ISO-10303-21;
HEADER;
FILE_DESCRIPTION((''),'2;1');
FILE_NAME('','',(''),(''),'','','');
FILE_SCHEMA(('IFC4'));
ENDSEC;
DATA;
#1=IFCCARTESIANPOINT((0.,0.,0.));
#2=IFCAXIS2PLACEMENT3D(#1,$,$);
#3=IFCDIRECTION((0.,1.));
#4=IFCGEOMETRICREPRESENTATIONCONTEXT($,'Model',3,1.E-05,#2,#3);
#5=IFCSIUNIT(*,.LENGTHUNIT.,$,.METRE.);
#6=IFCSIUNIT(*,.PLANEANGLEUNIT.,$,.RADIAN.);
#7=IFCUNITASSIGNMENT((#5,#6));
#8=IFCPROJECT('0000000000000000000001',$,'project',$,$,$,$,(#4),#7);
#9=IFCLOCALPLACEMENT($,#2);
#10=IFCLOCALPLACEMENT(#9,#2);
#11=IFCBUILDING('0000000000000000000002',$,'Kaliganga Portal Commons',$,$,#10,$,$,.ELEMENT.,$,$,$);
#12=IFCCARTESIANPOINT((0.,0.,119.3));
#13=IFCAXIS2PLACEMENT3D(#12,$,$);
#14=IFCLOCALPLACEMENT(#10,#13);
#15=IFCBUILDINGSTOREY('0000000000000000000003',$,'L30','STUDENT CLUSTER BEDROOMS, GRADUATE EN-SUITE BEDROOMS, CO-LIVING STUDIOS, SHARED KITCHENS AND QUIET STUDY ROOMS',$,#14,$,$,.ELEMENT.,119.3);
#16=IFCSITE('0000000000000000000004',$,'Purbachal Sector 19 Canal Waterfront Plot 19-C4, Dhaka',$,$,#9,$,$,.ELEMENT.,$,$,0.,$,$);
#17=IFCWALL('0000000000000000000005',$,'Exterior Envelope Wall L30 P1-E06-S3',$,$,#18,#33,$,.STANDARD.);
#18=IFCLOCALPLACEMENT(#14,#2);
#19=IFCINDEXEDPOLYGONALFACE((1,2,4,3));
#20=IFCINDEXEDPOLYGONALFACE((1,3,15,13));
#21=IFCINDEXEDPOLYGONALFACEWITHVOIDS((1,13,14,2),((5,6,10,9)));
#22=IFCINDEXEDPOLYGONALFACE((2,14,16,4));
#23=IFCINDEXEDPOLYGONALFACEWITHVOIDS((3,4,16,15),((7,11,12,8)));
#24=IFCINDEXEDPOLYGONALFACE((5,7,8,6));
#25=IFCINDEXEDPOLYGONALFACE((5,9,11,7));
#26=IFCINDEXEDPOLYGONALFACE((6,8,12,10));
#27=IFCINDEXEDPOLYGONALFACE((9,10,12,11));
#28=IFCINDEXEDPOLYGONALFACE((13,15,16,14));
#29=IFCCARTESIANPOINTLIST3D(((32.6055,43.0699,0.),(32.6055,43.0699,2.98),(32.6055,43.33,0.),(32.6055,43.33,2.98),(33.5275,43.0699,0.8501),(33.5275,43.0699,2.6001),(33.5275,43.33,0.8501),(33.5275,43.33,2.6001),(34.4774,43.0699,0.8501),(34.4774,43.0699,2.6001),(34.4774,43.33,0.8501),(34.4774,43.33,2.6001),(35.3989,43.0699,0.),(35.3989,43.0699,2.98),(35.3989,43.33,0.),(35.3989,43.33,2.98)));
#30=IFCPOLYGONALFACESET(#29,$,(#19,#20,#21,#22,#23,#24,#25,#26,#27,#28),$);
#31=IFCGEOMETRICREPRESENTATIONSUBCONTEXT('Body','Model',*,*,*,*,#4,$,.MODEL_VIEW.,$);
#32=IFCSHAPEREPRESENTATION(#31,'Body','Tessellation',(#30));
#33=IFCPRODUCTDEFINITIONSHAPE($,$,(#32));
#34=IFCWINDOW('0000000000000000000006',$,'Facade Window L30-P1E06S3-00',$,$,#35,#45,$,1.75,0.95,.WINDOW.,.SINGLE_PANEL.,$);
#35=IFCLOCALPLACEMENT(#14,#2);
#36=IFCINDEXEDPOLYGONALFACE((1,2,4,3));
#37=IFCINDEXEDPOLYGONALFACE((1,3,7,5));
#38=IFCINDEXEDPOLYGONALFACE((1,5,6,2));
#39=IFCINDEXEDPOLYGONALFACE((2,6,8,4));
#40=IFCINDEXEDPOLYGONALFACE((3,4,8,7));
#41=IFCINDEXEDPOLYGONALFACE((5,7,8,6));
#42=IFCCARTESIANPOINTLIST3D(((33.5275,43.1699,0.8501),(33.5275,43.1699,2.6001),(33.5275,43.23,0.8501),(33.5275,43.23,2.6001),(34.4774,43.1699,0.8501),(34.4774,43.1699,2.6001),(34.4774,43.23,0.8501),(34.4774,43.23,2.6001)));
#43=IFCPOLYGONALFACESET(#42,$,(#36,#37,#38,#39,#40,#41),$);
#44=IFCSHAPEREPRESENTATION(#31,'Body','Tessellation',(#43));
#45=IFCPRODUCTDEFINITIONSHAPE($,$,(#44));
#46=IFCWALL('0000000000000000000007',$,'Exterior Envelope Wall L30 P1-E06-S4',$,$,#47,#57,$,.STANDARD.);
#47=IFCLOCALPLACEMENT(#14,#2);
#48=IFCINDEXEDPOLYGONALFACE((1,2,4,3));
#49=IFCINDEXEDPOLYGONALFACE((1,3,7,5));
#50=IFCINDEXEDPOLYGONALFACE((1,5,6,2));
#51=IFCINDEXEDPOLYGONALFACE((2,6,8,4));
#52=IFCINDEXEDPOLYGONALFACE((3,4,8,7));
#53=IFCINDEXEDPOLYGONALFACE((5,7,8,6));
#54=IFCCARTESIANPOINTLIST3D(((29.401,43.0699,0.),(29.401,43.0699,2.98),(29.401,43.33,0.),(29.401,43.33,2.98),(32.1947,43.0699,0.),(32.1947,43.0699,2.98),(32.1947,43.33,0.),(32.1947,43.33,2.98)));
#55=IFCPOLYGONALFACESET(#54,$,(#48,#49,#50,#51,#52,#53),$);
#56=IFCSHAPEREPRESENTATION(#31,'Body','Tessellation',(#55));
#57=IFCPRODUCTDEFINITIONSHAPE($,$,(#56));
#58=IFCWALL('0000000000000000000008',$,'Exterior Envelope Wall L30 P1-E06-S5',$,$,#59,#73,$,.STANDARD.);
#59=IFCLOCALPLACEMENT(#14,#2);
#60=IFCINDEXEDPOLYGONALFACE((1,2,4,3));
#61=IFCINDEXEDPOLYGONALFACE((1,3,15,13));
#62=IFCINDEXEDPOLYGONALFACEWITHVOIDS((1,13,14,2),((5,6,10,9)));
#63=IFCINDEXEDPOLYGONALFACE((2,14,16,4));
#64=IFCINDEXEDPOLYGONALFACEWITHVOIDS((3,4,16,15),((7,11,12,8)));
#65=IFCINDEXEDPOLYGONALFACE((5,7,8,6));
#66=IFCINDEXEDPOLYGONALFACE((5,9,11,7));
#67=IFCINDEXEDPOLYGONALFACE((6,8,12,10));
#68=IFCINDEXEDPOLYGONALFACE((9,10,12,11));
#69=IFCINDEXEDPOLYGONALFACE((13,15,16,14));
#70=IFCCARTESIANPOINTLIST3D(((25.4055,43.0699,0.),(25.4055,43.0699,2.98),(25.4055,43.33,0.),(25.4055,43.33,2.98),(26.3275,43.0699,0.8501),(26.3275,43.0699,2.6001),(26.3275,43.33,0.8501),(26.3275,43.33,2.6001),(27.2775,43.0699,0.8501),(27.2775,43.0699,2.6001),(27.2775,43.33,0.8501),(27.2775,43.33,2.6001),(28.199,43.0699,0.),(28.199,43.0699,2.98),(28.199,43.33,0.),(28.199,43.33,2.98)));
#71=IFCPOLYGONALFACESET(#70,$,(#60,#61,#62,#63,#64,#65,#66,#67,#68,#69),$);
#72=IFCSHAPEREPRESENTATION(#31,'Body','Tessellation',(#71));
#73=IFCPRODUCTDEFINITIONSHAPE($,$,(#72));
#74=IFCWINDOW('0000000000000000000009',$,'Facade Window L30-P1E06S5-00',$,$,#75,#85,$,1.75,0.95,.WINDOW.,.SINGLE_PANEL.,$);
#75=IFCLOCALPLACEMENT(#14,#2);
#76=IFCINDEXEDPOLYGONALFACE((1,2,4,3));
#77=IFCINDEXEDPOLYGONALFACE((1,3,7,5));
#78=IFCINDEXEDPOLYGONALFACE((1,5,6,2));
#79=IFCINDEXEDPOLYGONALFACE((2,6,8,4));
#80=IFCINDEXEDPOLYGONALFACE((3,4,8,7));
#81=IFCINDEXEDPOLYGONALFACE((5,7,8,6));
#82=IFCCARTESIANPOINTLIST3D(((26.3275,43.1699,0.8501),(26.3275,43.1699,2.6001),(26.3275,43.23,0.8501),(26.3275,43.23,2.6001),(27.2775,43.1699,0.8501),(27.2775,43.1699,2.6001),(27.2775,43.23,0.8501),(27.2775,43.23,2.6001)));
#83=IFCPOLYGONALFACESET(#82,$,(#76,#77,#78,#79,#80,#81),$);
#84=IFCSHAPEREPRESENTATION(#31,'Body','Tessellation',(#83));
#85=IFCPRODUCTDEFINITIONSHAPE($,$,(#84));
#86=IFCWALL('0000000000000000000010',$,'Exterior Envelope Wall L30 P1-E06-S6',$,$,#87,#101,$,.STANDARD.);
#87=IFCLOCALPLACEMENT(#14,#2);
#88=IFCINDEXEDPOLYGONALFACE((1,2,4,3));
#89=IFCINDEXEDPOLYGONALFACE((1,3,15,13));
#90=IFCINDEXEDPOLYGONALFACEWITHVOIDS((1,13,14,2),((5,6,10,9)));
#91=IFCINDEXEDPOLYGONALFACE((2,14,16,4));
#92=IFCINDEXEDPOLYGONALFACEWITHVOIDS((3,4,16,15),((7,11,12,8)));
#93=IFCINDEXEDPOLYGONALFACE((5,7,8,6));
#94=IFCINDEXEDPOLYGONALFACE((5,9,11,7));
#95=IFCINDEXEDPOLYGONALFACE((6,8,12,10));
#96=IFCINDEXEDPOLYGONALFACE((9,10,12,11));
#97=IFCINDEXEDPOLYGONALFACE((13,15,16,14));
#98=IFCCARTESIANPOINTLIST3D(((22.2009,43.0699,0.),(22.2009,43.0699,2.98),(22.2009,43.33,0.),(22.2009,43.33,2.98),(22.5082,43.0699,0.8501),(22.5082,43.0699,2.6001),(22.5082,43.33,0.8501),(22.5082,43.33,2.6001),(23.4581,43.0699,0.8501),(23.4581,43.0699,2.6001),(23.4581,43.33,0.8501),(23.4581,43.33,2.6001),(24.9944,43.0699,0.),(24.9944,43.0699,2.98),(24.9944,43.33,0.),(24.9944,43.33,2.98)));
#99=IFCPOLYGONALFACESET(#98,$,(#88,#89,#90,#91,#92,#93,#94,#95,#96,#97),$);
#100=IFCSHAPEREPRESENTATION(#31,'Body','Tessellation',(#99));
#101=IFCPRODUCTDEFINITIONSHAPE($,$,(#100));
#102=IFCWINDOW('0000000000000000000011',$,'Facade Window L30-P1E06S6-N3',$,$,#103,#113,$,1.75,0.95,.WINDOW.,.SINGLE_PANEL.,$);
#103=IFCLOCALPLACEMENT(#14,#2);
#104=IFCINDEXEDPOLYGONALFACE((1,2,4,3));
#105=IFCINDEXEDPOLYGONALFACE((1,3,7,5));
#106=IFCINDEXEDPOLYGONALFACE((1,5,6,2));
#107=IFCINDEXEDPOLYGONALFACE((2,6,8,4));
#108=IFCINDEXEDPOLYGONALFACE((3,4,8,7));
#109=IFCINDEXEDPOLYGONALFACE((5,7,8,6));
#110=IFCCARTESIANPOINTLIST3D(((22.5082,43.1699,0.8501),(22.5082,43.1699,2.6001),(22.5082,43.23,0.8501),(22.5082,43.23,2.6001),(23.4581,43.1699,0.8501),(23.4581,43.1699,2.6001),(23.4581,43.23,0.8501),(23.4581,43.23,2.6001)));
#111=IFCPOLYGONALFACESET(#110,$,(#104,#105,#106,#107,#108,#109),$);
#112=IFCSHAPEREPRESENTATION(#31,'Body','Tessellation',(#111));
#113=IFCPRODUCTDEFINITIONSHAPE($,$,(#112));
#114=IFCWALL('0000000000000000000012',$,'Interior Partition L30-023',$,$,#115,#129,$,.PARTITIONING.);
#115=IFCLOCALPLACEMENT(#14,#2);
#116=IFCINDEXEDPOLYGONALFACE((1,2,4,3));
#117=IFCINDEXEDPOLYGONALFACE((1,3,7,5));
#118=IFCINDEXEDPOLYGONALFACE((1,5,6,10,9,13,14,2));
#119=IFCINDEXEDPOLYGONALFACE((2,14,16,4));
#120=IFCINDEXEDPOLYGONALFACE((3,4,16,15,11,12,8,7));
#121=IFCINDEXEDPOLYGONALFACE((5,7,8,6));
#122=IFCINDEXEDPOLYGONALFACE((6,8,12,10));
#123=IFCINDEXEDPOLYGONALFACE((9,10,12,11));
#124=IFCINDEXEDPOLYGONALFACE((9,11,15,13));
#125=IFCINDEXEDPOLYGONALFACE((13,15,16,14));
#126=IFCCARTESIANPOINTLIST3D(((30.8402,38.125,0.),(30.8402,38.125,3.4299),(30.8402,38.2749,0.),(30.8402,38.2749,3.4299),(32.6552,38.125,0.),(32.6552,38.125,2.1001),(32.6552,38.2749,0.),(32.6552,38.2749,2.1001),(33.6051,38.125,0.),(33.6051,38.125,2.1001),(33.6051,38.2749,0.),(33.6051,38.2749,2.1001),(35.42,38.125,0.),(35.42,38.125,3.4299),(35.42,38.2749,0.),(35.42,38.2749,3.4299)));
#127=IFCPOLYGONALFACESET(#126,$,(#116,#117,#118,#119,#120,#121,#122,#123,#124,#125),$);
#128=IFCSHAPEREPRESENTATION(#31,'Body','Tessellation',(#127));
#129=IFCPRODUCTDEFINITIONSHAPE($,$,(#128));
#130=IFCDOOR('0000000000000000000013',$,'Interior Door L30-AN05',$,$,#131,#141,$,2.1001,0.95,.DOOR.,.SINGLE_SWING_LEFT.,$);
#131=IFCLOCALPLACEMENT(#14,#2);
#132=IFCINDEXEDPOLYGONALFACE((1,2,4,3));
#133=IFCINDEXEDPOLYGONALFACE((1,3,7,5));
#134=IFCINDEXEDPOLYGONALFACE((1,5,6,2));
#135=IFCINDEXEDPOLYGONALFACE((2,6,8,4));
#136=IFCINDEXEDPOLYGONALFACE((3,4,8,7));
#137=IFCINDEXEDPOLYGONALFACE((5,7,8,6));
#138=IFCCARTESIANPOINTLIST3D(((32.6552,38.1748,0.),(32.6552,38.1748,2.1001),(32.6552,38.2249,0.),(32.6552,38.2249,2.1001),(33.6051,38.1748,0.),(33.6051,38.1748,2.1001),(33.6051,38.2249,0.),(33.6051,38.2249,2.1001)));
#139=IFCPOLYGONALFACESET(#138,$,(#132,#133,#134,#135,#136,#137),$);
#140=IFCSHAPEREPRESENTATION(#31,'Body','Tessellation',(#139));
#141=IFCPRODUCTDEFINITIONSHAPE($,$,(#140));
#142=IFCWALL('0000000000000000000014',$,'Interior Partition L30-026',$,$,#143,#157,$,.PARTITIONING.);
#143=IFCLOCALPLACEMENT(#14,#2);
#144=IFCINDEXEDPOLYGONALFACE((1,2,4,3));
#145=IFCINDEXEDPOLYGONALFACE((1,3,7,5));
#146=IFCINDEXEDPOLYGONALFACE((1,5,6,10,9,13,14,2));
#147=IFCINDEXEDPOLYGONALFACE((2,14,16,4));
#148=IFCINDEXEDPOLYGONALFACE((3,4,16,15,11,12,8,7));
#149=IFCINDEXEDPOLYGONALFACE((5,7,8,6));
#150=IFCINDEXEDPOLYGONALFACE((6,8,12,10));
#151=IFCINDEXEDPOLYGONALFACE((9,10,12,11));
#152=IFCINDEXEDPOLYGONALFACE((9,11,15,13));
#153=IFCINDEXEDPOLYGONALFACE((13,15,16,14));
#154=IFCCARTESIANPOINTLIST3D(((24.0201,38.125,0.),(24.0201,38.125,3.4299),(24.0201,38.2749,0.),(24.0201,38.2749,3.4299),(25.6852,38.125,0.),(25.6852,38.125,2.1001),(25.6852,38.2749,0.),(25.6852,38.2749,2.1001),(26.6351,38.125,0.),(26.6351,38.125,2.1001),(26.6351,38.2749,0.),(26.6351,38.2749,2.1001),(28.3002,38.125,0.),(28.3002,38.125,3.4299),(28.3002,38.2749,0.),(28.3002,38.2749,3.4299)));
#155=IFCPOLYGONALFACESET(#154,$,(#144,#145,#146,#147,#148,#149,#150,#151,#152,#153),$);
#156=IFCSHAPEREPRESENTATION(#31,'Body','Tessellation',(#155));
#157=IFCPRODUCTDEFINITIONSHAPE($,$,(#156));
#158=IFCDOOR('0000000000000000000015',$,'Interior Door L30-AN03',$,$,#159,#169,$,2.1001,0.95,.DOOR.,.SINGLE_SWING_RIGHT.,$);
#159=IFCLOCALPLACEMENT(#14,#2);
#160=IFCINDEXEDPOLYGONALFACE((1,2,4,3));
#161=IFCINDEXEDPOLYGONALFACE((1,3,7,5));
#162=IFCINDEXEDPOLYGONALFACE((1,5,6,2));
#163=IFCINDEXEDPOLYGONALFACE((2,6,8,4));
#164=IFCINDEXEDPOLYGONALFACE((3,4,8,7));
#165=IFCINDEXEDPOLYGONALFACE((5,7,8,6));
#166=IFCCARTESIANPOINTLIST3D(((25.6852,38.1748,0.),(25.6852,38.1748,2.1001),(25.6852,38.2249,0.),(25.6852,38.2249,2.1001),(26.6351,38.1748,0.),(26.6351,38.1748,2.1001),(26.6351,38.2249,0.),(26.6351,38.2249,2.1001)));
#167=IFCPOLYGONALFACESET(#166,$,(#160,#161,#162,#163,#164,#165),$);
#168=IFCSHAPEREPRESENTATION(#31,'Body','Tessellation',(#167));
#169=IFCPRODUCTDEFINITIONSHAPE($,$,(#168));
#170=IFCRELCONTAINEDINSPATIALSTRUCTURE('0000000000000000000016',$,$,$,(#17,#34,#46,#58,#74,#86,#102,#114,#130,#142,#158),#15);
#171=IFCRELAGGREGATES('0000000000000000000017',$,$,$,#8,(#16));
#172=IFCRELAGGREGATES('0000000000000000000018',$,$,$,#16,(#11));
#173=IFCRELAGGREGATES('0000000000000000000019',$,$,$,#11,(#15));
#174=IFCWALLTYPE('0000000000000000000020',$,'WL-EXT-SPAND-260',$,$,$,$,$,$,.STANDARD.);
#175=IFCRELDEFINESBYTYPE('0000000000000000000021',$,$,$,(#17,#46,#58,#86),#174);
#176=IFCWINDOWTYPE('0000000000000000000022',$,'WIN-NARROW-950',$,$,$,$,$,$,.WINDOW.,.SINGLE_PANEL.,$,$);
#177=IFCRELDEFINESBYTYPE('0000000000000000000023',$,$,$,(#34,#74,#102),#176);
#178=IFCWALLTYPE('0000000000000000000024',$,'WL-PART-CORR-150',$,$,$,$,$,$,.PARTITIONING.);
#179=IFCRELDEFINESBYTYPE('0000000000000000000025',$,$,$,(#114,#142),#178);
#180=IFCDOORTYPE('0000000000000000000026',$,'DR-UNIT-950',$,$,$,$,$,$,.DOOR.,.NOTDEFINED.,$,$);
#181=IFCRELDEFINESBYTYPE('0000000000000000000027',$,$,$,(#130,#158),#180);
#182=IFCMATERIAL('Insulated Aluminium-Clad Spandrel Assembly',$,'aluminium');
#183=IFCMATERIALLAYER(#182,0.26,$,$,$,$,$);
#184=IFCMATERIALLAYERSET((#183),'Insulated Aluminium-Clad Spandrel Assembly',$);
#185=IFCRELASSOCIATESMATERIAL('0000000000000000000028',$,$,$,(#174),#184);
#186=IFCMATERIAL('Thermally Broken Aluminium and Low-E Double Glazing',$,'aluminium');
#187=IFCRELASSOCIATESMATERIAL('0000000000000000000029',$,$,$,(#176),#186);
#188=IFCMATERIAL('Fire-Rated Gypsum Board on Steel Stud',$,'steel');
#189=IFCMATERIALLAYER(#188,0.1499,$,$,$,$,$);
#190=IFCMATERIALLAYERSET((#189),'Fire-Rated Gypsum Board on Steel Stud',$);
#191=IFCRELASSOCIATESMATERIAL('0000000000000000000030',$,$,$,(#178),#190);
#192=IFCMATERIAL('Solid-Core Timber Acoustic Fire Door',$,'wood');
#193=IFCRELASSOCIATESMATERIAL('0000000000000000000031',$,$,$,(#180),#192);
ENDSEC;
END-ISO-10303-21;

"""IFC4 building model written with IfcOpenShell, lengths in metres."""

from ifc_helpers import new_model, si_unit, direction, frame, frame_2d, origin, place, context, subcontext, project, spatial, rectangle, extrude, material, layer, layer_set, type_object, element, fill, save


model = new_model("IFC4")

# Units and contexts
model_context = context("Model", 3, precision=1e-05, world=origin(), true_north=direction((0.0, 1.0)))
body_context = subcontext(model_context, "Body", "Model", "MODEL_VIEW")
ifc_project = project(units=[si_unit("LENGTHUNIT", "METRE"), si_unit("PLANEANGLEUNIT", "RADIAN")], contexts=[model_context])

# Site, building, storey
site_placement = place(None, origin())
site = spatial("IfcSite", under=ifc_project, at=site_placement, Name="Purbachal Sector 19 Canal Waterfront Plot 19-C4, Dhaka", CompositionType="ELEMENT", RefElevation=0.0)
building_placement = place(site_placement, origin())
building = spatial("IfcBuilding", under=site, at=building_placement, Name="Kaliganga Portal Commons", CompositionType="ELEMENT")
storey_placement = place(building_placement, frame((0.0, 0.0, 119.3)))
storey = spatial("IfcBuildingStorey", under=building, at=storey_placement, Name="L30", Description="STUDENT CLUSTER BEDROOMS, GRADUATE EN-SUITE BEDROOMS, CO-LIVING STUDIOS, SHARED KITCHENS AND QUIET STUDY ROOMS", CompositionType="ELEMENT", Elevation=119.3)

# Wall, opening, window
ifc_material_1 = material(Name="Insulated Aluminium-Clad Spandrel Assembly", Category="aluminium")
ifc_layer_1 = layer(ifc_material_1, 0.26)
ifc_layer_set_1 = layer_set([ifc_layer_1], Name="Insulated Aluminium-Clad Spandrel Assembly")
wall_type_1 = type_object("IfcWallType", Name="WL-EXT-SPAND-260", PredefinedType="STANDARD", material=ifc_layer_set_1)
wall_1_placement = place(storey_placement, frame((32.6055, 43.2, 0.0), z_axis=(0.0, 0.0, 1.0), x_axis=(1.0, 0.0, 0.0)))
wall_1 = element("IfcWall", 1, at=wall_1_placement, inside=storey, type_object=wall_type_1, Name="Exterior Envelope Wall L30 P1-E06-S3", PredefinedType="STANDARD", context=body_context, shape_type="SweptSolid", body=[
    extrude(rectangle(XDim=2.7935, YDim=0.26, at=frame_2d((1.3967, 0.0))), origin(), (0.0, 0.0, 1.0), 2.98),
])
opening_1_placement = place(wall_1_placement, frame((0.9219, 0.0, 0.8501)))
opening_1 = element("IfcOpeningElement", 2, at=opening_1_placement, cuts=wall_1, PredefinedType="OPENING", context=body_context, shape_type="SweptSolid", body=[
    extrude(rectangle(XDim=0.95, YDim=1.75, at=frame_2d((0.4751, 0.875))), frame((0.0, 0.1401, 0.0), z_axis=(0.0, -1.0, 0.0), x_axis=(1.0, 0.0, 0.0)), (0.0, 0.0, 1.0), 0.28),
])
ifc_material_2 = material(Name="Thermally Broken Aluminium and Low-E Double Glazing", Category="aluminium")
window_type = type_object("IfcWindowType", Name="WIN-NARROW-950", PartitioningType="SINGLE_PANEL", PredefinedType="WINDOW", material=ifc_material_2)
window_1_placement = place(opening_1_placement, origin())
window_1 = element("IfcWindow", 3, at=window_1_placement, inside=storey, type_object=window_type, Name="Facade Window L30-P1E06S3-00", OverallHeight=1.75, OverallWidth=0.95, PartitioningType="SINGLE_PANEL", PredefinedType="WINDOW", context=body_context, shape_type="SweptSolid", body=[
    extrude(rectangle(XDim=0.95, YDim=1.75, at=frame_2d((0.4751, 0.875))), frame((0.0, 0.03, 0.0), z_axis=(0.0, -1.0, 0.0), x_axis=(1.0, 0.0, 0.0)), (0.0, 0.0, 1.0), 0.0601),
])
fill(opening_1, window_1)

# Wall
wall_2_placement = place(storey_placement, frame((29.4009, 43.2, 0.0), z_axis=(0.0, 0.0, 1.0), x_axis=(1.0, 0.0, 0.0)))
element("IfcWall", 4, at=wall_2_placement, inside=storey, type_object=wall_type_1, Name="Exterior Envelope Wall L30 P1-E06-S4", PredefinedType="STANDARD", context=body_context, shape_type="SweptSolid", body=[
    extrude(rectangle(XDim=2.7937, YDim=0.26, at=frame_2d((1.397, 0.0))), origin(), (0.0, 0.0, 1.0), 2.98),
])

# Walls, openings, windows
wall_3_placement = place(storey_placement, frame((25.4055, 43.2, 0.0), z_axis=(0.0, 0.0, 1.0), x_axis=(1.0, 0.0, 0.0)))
wall_3 = element("IfcWall", 5, at=wall_3_placement, inside=storey, type_object=wall_type_1, Name="Exterior Envelope Wall L30 P1-E06-S5", PredefinedType="STANDARD", context=body_context, shape_type="SweptSolid", body=[
    extrude(rectangle(XDim=2.7935, YDim=0.26, at=frame_2d((1.3967, 0.0))), origin(), (0.0, 0.0, 1.0), 2.98),
])
opening_2_placement = place(wall_3_placement, frame((0.9219, 0.0, 0.8501)))
opening_2 = element("IfcOpeningElement", 6, at=opening_2_placement, cuts=wall_3, PredefinedType="OPENING", context=body_context, shape_type="SweptSolid", body=[
    extrude(rectangle(XDim=0.95, YDim=1.75, at=frame_2d((0.4751, 0.875))), frame((0.0, 0.1401, 0.0), z_axis=(0.0, -1.0, 0.0), x_axis=(1.0, 0.0, 0.0)), (0.0, 0.0, 1.0), 0.28),
])
window_2_placement = place(opening_2_placement, origin())
window_2 = element("IfcWindow", 7, at=window_2_placement, inside=storey, type_object=window_type, Name="Facade Window L30-P1E06S5-00", OverallHeight=1.75, OverallWidth=0.95, PartitioningType="SINGLE_PANEL", PredefinedType="WINDOW", context=body_context, shape_type="SweptSolid", body=[
    extrude(rectangle(XDim=0.95, YDim=1.75, at=frame_2d((0.4751, 0.875))), frame((0.0, 0.03, 0.0), z_axis=(0.0, -1.0, 0.0), x_axis=(1.0, 0.0, 0.0)), (0.0, 0.0, 1.0), 0.0601),
])
fill(opening_2, window_2)
wall_4_placement = place(storey_placement, frame((22.2009, 43.2, 0.0), z_axis=(0.0, 0.0, 1.0), x_axis=(1.0, 0.0, 0.0)))
wall_4 = element("IfcWall", 8, at=wall_4_placement, inside=storey, type_object=wall_type_1, Name="Exterior Envelope Wall L30 P1-E06-S6", PredefinedType="STANDARD", context=body_context, shape_type="SweptSolid", body=[
    extrude(rectangle(XDim=2.7935, YDim=0.26, at=frame_2d((1.3967, 0.0))), origin(), (0.0, 0.0, 1.0), 2.98),
])
opening_3_placement = place(wall_4_placement, frame((0.3071, 0.0, 0.8501)))
opening_3 = element("IfcOpeningElement", 9, at=opening_3_placement, cuts=wall_4, PredefinedType="OPENING", context=body_context, shape_type="SweptSolid", body=[
    extrude(rectangle(XDim=0.95, YDim=1.75, at=frame_2d((0.4751, 0.875))), frame((0.0, 0.1401, 0.0), z_axis=(0.0, -1.0, 0.0), x_axis=(1.0, 0.0, 0.0)), (0.0, 0.0, 1.0), 0.28),
])
window_3_placement = place(opening_3_placement, origin())
window_3 = element("IfcWindow", 10, at=window_3_placement, inside=storey, type_object=window_type, Name="Facade Window L30-P1E06S6-N3", OverallHeight=1.75, OverallWidth=0.95, PartitioningType="SINGLE_PANEL", PredefinedType="WINDOW", context=body_context, shape_type="SweptSolid", body=[
    extrude(rectangle(XDim=0.95, YDim=1.75, at=frame_2d((0.4751, 0.875))), frame((0.0, 0.03, 0.0), z_axis=(0.0, -1.0, 0.0), x_axis=(1.0, 0.0, 0.0)), (0.0, 0.0, 1.0), 0.0601),
])
fill(opening_3, window_3)

# Walls, openings, doors
ifc_material_3 = material(Name="Fire-Rated Gypsum Board on Steel Stud", Category="steel")
ifc_layer_2 = layer(ifc_material_3, 0.1499)
ifc_layer_set_2 = layer_set([ifc_layer_2], Name="Fire-Rated Gypsum Board on Steel Stud")
wall_type_2 = type_object("IfcWallType", Name="WL-PART-CORR-150", PredefinedType="PARTITIONING", material=ifc_layer_set_2)
wall_5_placement = place(storey_placement, frame((30.8401, 38.2, 0.0), z_axis=(0.0, 0.0, 1.0), x_axis=(1.0, 0.0, 0.0)))
wall_5 = element("IfcWall", 11, at=wall_5_placement, inside=storey, type_object=wall_type_2, Name="Interior Partition L30-023", PredefinedType="PARTITIONING", context=body_context, shape_type="SweptSolid", body=[
    extrude(rectangle(XDim=4.5798, YDim=0.1499, at=frame_2d((2.29, 0.0))), origin(), (0.0, 0.0, 1.0), 3.4299),
])
opening_4_placement = place(wall_5_placement, frame((1.8149, 0.0, 0.0)))
opening_4 = element("IfcOpeningElement", 12, at=opening_4_placement, cuts=wall_5, PredefinedType="OPENING", context=body_context, shape_type="SweptSolid", body=[
    extrude(rectangle(XDim=0.95, YDim=2.1001, at=frame_2d((0.4751, 1.05))), frame((0.0, 0.085, 0.0), z_axis=(0.0, -1.0, 0.0), x_axis=(1.0, 0.0, 0.0)), (0.0, 0.0, 1.0), 0.1699),
])
ifc_material_4 = material(Name="Solid-Core Timber Acoustic Fire Door", Category="wood")
door_type_1 = type_object("IfcDoorType", Name="DR-UNIT-950", OperationType="NOTDEFINED", PredefinedType="DOOR", material=ifc_material_4)
door_1_placement = place(opening_4_placement, origin())
door_1 = element("IfcDoor", 13, at=door_1_placement, inside=storey, type_object=door_type_1, Name="Interior Door L30-AN05", OperationType="SINGLE_SWING_LEFT", OverallHeight=2.1001, OverallWidth=0.95, PredefinedType="DOOR", context=body_context, shape_type="SweptSolid", body=[
    extrude(rectangle(XDim=0.95, YDim=2.1001, at=frame_2d((0.4751, 1.05))), frame((0.0, 0.0249, 0.0), z_axis=(0.0, -1.0, 0.0), x_axis=(1.0, 0.0, 0.0)), (0.0, 0.0, 1.0), 0.05),
])
fill(opening_4, door_1)
wall_6_placement = place(storey_placement, frame((24.02, 38.2, 0.0), z_axis=(0.0, 0.0, 1.0), x_axis=(1.0, 0.0, 0.0)))
wall_6 = element("IfcWall", 14, at=wall_6_placement, inside=storey, type_object=wall_type_2, Name="Interior Partition L30-026", PredefinedType="PARTITIONING", context=body_context, shape_type="SweptSolid", body=[
    extrude(rectangle(XDim=4.28, YDim=0.1499, at=frame_2d((2.1401, 0.0))), origin(), (0.0, 0.0, 1.0), 3.4299),
])
opening_5_placement = place(wall_6_placement, frame((1.665, 0.0, 0.0)))
opening_5 = element("IfcOpeningElement", 15, at=opening_5_placement, cuts=wall_6, PredefinedType="OPENING", context=body_context, shape_type="SweptSolid", body=[
    extrude(rectangle(XDim=0.95, YDim=2.1001, at=frame_2d((0.4751, 1.05))), frame((0.0, 0.085, 0.0), z_axis=(0.0, -1.0, 0.0), x_axis=(1.0, 0.0, 0.0)), (0.0, 0.0, 1.0), 0.1699),
])
door_2_placement = place(opening_5_placement, origin())
door_2 = element("IfcDoor", 16, at=door_2_placement, inside=storey, type_object=door_type_1, Name="Interior Door L30-AN03", OperationType="SINGLE_SWING_RIGHT", OverallHeight=2.1001, OverallWidth=0.95, PredefinedType="DOOR", context=body_context, shape_type="SweptSolid", body=[
    extrude(rectangle(XDim=0.95, YDim=2.1001, at=frame_2d((0.4751, 1.05))), frame((0.0, 0.0249, 0.0), z_axis=(0.0, -1.0, 0.0), x_axis=(1.0, 0.0, 0.0)), (0.0, 0.0, 1.0), 0.05),
])
fill(opening_5, door_2)

save(model, "model.ifc")
